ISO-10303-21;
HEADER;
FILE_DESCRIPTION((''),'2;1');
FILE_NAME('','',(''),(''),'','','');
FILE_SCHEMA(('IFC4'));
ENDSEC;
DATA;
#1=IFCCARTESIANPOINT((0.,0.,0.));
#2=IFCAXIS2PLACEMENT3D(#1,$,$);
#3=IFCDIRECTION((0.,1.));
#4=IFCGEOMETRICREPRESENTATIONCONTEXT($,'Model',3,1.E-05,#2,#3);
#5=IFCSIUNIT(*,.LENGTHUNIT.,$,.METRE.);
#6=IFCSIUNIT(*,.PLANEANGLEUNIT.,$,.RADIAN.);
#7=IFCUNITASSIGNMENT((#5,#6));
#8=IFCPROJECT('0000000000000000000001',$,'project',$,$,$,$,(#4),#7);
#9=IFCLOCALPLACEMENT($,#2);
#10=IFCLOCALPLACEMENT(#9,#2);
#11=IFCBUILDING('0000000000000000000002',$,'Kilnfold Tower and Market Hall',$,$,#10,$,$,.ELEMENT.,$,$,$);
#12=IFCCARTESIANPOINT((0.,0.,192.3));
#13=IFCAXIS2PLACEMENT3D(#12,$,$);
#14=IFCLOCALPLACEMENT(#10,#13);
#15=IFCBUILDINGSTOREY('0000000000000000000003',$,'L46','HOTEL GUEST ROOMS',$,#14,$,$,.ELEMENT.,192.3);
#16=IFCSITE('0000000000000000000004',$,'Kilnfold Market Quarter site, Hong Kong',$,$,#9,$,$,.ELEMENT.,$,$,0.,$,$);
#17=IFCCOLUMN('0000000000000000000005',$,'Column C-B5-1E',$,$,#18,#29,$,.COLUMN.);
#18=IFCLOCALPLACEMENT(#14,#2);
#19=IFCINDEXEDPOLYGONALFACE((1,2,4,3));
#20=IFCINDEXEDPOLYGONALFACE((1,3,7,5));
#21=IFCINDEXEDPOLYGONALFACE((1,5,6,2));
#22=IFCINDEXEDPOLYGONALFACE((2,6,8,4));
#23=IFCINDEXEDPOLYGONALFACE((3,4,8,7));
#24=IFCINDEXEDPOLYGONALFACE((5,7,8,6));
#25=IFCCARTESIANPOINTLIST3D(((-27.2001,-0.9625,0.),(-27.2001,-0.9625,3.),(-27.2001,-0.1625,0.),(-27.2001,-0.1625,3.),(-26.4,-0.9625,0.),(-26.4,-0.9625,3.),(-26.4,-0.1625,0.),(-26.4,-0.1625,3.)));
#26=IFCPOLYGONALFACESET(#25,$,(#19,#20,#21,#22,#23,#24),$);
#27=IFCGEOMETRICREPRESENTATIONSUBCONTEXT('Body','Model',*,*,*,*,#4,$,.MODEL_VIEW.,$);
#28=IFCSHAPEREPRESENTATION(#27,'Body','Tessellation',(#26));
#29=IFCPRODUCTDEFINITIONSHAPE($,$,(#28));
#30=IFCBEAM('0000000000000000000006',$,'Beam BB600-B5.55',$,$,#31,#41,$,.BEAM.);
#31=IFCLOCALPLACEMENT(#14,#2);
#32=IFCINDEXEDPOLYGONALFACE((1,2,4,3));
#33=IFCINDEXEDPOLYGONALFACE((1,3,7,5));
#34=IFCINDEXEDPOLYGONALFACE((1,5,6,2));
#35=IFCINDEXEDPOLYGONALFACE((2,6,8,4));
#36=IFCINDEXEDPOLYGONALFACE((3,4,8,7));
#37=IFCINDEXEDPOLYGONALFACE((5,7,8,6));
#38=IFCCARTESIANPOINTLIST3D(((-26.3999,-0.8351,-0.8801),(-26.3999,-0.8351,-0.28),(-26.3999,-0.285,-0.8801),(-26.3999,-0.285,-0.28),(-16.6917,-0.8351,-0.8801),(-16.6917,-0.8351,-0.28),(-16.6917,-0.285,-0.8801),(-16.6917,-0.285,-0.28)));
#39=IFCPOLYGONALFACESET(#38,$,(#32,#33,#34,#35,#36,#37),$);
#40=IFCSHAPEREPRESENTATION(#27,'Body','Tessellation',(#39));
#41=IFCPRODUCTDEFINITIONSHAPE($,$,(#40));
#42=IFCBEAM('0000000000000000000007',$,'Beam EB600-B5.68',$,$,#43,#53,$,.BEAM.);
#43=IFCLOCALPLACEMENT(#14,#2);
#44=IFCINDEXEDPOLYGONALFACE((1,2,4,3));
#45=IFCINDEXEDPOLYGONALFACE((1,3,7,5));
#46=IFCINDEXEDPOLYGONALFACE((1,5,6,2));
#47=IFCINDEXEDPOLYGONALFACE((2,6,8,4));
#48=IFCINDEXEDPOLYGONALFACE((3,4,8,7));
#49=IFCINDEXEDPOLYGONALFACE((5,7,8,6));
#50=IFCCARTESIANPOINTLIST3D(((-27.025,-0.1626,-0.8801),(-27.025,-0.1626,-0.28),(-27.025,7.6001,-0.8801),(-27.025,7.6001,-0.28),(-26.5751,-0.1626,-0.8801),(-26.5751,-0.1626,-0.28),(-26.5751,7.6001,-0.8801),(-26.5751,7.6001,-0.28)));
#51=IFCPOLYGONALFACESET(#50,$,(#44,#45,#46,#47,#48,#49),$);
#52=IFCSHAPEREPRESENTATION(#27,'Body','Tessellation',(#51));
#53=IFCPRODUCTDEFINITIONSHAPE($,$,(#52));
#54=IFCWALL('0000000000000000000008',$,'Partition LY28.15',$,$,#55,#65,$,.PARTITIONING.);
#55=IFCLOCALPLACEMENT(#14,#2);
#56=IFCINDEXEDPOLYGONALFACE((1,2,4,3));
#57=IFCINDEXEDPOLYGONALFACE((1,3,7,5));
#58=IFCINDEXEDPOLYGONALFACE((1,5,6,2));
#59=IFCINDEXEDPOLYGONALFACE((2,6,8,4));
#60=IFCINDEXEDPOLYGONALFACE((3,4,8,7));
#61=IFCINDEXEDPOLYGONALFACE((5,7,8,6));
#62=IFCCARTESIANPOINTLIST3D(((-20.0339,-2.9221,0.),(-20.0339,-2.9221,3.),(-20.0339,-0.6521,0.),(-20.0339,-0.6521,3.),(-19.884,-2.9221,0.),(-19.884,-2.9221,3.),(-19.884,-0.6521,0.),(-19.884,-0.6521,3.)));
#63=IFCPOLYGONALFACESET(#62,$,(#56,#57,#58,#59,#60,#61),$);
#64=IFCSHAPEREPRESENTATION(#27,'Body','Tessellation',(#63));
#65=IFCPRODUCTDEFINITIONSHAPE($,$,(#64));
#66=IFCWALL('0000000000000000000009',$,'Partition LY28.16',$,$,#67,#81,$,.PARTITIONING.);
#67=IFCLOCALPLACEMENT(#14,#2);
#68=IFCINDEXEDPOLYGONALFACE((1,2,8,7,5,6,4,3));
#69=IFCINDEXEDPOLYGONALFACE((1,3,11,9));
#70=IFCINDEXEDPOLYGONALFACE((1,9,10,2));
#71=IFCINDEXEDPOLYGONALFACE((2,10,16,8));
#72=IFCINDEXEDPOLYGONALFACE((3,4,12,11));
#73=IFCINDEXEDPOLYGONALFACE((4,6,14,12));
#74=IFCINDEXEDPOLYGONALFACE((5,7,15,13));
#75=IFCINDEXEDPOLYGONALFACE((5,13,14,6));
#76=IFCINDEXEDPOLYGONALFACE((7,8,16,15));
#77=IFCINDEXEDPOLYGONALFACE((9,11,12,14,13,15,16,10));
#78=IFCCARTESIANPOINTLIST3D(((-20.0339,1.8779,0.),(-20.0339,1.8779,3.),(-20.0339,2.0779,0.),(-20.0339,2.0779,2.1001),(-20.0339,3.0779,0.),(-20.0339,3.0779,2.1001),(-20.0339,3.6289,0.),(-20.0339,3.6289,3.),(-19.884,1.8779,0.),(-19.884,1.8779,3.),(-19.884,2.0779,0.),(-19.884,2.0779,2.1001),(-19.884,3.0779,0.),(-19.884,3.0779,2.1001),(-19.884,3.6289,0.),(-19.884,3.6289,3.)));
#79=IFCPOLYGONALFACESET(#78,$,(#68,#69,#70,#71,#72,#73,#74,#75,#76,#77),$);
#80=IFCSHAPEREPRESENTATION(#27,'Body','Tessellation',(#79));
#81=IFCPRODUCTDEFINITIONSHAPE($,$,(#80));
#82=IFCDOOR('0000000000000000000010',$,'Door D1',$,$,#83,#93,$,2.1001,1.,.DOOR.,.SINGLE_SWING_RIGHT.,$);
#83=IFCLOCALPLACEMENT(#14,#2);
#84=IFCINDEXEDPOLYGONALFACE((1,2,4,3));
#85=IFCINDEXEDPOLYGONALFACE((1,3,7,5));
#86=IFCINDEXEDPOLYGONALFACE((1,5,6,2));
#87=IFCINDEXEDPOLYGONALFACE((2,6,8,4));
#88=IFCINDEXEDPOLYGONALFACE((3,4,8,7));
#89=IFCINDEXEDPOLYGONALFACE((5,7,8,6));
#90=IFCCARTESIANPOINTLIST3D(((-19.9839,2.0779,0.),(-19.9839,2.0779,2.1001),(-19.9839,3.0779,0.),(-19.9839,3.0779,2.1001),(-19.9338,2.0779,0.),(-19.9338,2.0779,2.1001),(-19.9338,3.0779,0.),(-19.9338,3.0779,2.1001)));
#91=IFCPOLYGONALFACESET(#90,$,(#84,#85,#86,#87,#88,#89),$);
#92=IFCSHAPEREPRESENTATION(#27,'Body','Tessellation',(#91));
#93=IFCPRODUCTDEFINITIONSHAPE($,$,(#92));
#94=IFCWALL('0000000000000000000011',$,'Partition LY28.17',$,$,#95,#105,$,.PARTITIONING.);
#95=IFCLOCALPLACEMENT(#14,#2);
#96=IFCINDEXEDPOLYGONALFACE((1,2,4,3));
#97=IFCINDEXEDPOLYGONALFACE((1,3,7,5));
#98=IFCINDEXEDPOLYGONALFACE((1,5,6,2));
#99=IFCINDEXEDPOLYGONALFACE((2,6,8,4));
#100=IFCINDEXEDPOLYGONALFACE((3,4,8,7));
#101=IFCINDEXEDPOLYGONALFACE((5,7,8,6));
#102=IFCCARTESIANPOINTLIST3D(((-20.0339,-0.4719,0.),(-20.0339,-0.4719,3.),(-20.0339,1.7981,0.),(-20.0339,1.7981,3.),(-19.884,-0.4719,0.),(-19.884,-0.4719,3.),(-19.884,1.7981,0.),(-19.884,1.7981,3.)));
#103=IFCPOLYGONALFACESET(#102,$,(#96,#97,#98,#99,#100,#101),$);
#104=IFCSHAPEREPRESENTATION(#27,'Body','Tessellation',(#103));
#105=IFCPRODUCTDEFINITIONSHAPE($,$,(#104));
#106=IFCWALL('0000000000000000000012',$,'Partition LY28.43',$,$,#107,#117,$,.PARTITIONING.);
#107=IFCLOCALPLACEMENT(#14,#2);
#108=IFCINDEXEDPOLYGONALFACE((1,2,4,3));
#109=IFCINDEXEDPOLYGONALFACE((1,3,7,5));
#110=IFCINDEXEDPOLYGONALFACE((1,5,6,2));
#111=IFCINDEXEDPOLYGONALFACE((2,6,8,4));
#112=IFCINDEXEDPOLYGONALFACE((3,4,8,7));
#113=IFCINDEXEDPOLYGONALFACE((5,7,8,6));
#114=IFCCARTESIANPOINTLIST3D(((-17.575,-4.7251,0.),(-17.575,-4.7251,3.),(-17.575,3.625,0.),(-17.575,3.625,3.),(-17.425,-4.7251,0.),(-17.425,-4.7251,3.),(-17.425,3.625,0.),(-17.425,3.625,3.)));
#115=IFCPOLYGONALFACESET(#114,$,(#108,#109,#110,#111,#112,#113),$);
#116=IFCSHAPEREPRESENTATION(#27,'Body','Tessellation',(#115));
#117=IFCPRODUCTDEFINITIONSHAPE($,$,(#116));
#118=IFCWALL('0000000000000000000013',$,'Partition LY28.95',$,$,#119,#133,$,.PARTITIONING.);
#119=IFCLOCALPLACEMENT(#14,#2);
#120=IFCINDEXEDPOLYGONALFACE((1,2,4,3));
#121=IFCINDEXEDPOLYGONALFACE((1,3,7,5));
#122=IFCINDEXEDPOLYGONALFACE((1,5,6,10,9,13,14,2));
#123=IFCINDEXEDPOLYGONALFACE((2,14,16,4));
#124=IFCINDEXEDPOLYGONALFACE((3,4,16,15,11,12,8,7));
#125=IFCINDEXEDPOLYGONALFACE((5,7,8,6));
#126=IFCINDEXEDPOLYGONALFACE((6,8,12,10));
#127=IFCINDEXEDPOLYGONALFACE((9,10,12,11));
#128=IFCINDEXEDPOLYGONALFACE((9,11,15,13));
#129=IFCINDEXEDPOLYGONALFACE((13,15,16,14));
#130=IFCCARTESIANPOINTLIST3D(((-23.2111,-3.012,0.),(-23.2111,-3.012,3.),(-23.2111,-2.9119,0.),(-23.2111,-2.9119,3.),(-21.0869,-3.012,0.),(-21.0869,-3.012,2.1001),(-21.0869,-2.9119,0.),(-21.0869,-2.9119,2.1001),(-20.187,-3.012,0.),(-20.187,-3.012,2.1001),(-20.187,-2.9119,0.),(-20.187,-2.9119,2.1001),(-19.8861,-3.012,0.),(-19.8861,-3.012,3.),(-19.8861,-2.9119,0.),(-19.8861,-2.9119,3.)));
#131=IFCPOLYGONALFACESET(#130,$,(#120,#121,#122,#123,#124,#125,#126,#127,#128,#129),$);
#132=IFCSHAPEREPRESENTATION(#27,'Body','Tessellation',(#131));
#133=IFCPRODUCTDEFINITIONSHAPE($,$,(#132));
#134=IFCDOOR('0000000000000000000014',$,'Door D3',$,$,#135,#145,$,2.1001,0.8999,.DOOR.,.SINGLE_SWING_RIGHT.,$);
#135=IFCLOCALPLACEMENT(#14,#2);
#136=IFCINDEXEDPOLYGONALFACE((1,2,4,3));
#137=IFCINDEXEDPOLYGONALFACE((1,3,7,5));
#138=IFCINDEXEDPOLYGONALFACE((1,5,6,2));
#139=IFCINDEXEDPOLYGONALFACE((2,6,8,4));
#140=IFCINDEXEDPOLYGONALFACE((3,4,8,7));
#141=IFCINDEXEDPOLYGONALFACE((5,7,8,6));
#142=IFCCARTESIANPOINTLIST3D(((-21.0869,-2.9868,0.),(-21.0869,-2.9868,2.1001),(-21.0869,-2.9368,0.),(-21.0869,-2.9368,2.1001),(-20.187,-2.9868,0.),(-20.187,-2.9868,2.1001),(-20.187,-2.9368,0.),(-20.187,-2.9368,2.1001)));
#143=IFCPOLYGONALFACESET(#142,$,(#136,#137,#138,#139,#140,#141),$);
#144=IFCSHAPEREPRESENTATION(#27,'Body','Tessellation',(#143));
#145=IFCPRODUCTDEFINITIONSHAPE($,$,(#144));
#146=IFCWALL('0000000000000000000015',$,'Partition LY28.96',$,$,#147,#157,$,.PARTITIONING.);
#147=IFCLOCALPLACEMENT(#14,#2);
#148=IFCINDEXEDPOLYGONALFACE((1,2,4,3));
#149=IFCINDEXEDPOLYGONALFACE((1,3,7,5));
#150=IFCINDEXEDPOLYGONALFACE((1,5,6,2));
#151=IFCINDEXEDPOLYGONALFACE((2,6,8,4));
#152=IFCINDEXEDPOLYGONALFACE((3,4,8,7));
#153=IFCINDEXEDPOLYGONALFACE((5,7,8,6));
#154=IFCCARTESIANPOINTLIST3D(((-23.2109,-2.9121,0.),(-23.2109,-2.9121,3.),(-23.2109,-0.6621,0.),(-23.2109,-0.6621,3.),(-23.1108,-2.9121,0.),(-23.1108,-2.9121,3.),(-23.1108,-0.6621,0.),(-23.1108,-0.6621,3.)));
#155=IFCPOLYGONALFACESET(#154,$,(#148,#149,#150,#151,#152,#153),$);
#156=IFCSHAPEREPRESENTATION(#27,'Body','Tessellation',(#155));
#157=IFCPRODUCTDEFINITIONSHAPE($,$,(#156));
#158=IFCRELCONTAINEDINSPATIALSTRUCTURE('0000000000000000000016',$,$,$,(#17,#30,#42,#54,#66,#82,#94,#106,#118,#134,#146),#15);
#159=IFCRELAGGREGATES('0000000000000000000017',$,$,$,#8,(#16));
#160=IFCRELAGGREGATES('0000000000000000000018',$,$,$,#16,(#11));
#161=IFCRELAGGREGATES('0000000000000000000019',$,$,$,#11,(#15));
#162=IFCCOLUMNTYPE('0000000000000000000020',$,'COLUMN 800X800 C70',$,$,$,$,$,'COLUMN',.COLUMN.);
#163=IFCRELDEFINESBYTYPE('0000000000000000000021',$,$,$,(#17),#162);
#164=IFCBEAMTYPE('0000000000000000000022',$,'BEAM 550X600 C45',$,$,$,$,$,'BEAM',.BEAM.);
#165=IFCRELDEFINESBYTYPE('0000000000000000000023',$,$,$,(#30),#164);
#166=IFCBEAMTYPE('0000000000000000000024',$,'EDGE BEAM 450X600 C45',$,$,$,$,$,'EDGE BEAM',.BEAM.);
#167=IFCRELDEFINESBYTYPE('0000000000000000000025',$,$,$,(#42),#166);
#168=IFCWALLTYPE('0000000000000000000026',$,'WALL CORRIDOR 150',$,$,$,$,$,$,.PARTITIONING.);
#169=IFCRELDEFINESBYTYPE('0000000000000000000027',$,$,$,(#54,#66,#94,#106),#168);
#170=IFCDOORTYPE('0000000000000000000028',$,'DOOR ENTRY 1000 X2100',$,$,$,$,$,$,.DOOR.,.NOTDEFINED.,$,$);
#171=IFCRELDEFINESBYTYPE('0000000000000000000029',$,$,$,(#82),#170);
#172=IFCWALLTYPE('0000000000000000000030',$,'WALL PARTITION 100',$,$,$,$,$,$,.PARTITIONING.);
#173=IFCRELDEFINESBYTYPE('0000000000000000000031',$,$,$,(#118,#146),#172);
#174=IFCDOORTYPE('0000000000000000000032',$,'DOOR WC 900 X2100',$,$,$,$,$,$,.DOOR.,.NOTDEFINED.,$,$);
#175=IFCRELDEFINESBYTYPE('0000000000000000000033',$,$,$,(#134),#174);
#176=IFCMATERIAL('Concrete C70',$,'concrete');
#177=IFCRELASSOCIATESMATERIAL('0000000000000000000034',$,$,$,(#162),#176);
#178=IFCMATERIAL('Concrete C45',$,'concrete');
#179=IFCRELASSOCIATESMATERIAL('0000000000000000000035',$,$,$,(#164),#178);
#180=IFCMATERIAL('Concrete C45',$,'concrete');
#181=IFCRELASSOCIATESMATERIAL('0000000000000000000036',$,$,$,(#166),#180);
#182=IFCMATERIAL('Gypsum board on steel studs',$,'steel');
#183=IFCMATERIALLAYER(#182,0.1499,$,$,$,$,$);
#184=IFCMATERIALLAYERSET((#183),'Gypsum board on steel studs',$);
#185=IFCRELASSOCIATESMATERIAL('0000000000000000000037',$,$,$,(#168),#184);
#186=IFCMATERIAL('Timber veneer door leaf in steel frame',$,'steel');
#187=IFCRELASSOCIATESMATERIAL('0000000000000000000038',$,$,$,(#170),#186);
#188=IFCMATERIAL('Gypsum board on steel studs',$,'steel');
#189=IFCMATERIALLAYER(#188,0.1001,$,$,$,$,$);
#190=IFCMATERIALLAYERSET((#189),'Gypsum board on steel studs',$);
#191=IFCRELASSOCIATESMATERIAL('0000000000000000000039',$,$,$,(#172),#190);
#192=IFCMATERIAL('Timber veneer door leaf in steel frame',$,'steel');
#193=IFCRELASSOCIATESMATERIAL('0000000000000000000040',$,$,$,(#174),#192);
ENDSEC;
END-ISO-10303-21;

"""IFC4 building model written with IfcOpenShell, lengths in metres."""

from ifc_helpers import new_model, si_unit, direction, frame, frame_2d, origin, origin_2d, place, context, subcontext, project, spatial, rectangle, extrude, source, transform, mapped, material, layer, layer_set, material_profile, profile_set, type_object, element, fill, save


model = new_model("IFC4")

# Units and contexts
model_context = context("Model", 3, precision=1e-05, world=origin(), true_north=direction((0.0, 1.0)))
body_context = subcontext(model_context, "Body", "Model", "MODEL_VIEW")
ifc_project = project(units=[si_unit("LENGTHUNIT", "METRE"), si_unit("PLANEANGLEUNIT", "RADIAN")], contexts=[model_context])

# Site, building, storey
site_placement = place(None, origin())
site = spatial("IfcSite", under=ifc_project, at=site_placement, Name="Kilnfold Market Quarter site, Hong Kong", CompositionType="ELEMENT", RefElevation=0.0)
building_placement = place(site_placement, origin())
building = spatial("IfcBuilding", under=site, at=building_placement, Name="Kilnfold Tower and Market Hall", CompositionType="ELEMENT")
storey_placement = place(building_placement, frame((0.0, 0.0, 192.3)))
storey = spatial("IfcBuildingStorey", under=building, at=storey_placement, Name="L46", Description="HOTEL GUEST ROOMS", CompositionType="ELEMENT", Elevation=192.3)

# Column
ifc_material_1 = material(Name="Concrete C70", Category="concrete")
ifc_material_profile_1 = material_profile(ifc_material_1, rectangle(XDim=0.8, YDim=0.8, at=origin_2d()), Name="RC 800x800")
ifc_profile_set_1 = profile_set([ifc_material_profile_1], Name="Concrete C70")
column_type = type_object("IfcColumnType", Name="COLUMN 800X800 C70", ElementType="COLUMN", PredefinedType="COLUMN", material=ifc_profile_set_1)
shared_shape_1 = source(origin(), body_context, "Body", "SweptSolid", [
    extrude(rectangle(XDim=0.8, YDim=0.8, at=origin_2d()), origin(), (0.0, 0.0, 1.0), 3.0),
])
column_placement = place(storey_placement, frame((-26.8, -0.5625, 0.0), z_axis=(0.0, 0.0, 1.0), x_axis=(1.0, 0.0, 0.0)))
element("IfcColumn", 1, at=column_placement, inside=storey, type_object=column_type, Name="Column C-B5-1E", PredefinedType="COLUMN", context=body_context, shape_type="MappedRepresentation", body=[
    mapped(shared_shape_1, transform((0.0, 0.0, 0.0))),
])

# Beams
ifc_material_2 = material(Name="Concrete C45", Category="concrete")
ifc_material_profile_2 = material_profile(ifc_material_2, rectangle(XDim=0.55, YDim=0.6001, at=origin_2d()), Name="RC 550x600")
ifc_profile_set_2 = profile_set([ifc_material_profile_2], Name="Concrete C45")
beam_type_1 = type_object("IfcBeamType", Name="BEAM 550X600 C45", ElementType="BEAM", PredefinedType="BEAM", material=ifc_profile_set_2)
shared_shape_2 = source(origin(), body_context, "Body", "SweptSolid", [
    extrude(rectangle(XDim=0.55, YDim=0.6001, at=origin_2d()), origin(), (0.0, 0.0, 1.0), 9.7083),
])
beam_1_placement = place(storey_placement, frame((-26.3999, -0.5601, -0.5801), z_axis=(1.0, 0.0, 0.0), x_axis=(0.0, 1.0, 0.0)))
element("IfcBeam", 2, at=beam_1_placement, inside=storey, type_object=beam_type_1, Name="Beam BB600-B5.55", PredefinedType="BEAM", context=body_context, shape_type="MappedRepresentation", body=[
    mapped(shared_shape_2, transform((0.0, 0.0, 0.0))),
])
ifc_material_3 = material(Name="Concrete C45", Category="concrete")
ifc_material_profile_3 = material_profile(ifc_material_3, rectangle(XDim=0.45, YDim=0.6001, at=origin_2d()), Name="RC 450x600")
ifc_profile_set_3 = profile_set([ifc_material_profile_3], Name="Concrete C45")
beam_type_2 = type_object("IfcBeamType", Name="EDGE BEAM 450X600 C45", ElementType="EDGE BEAM", PredefinedType="BEAM", material=ifc_profile_set_3)
shared_shape_3 = source(origin(), body_context, "Body", "SweptSolid", [
    extrude(rectangle(XDim=0.45, YDim=0.6001, at=origin_2d()), origin(), (0.0, 0.0, 1.0), 7.7627),
])
beam_2_placement = place(storey_placement, frame((-26.8, -0.1626, -0.5801), z_axis=(0.0, 1.0, 0.0), x_axis=(-1.0, 0.0, 0.0)))
element("IfcBeam", 3, at=beam_2_placement, inside=storey, type_object=beam_type_2, Name="Beam EB600-B5.68", PredefinedType="BEAM", context=body_context, shape_type="MappedRepresentation", body=[
    mapped(shared_shape_3, transform((0.0, 0.0, 0.0))),
])

# Wall
ifc_material_4 = material(Name="Gypsum board on steel studs", Category="steel")
ifc_layer_1 = layer(ifc_material_4, 0.1499)
ifc_layer_set_1 = layer_set([ifc_layer_1], Name="Gypsum board on steel studs")
wall_type_1 = type_object("IfcWallType", Name="WALL CORRIDOR 150", PredefinedType="PARTITIONING", material=ifc_layer_set_1)
wall_1_placement = place(storey_placement, frame((-19.959, -2.9221, 0.0), z_axis=(0.0, 0.0, 1.0), x_axis=(0.0, 1.0, 0.0)))
element("IfcWall", 4, at=wall_1_placement, inside=storey, type_object=wall_type_1, Name="Partition LY28.15", PredefinedType="PARTITIONING", context=body_context, shape_type="SweptSolid", body=[
    extrude(rectangle(XDim=2.27, YDim=0.1499, at=frame_2d((1.135, 0.0))), origin(), (0.0, 0.0, 1.0), 3.0),
])

# Wall, opening, door
wall_2_placement = place(storey_placement, frame((-19.959, 1.8779, 0.0), z_axis=(0.0, 0.0, 1.0), x_axis=(0.0, 1.0, 0.0)))
wall_2 = element("IfcWall", 5, at=wall_2_placement, inside=storey, type_object=wall_type_1, Name="Partition LY28.16", PredefinedType="PARTITIONING", context=body_context, shape_type="SweptSolid", body=[
    extrude(rectangle(XDim=1.751, YDim=0.1499, at=frame_2d((0.8755, 0.0))), origin(), (0.0, 0.0, 1.0), 3.0),
])
opening_1_placement = place(wall_2_placement, frame((0.2, 0.0, 0.0)))
opening_1 = element("IfcOpeningElement", 6, at=opening_1_placement, cuts=wall_2, PredefinedType="OPENING", context=body_context, shape_type="SweptSolid", body=[
    extrude(rectangle(XDim=1.0, YDim=2.1001, at=frame_2d((0.5, 1.05))), frame((0.0, 0.085, 0.0), z_axis=(0.0, -1.0, 0.0), x_axis=(1.0, 0.0, 0.0)), (0.0, 0.0, 1.0), 0.1699),
])
ifc_material_5 = material(Name="Timber veneer door leaf in steel frame", Category="steel")
door_type_1 = type_object("IfcDoorType", Name="DOOR ENTRY 1000 X2100", OperationType="NOTDEFINED", PredefinedType="DOOR", material=ifc_material_5)
door_1_placement = place(opening_1_placement, origin())
door_1 = element("IfcDoor", 7, at=door_1_placement, inside=storey, type_object=door_type_1, Name="Door D1", OperationType="SINGLE_SWING_RIGHT", OverallHeight=2.1001, OverallWidth=1.0, PredefinedType="DOOR", context=body_context, shape_type="SweptSolid", body=[
    extrude(rectangle(XDim=1.0, YDim=2.1001, at=frame_2d((0.5, 1.05))), frame((0.0, 0.0249, 0.0), z_axis=(0.0, -1.0, 0.0), x_axis=(1.0, 0.0, 0.0)), (0.0, 0.0, 1.0), 0.05),
])
fill(opening_1, door_1)

# Walls
wall_3_placement = place(storey_placement, frame((-19.959, -0.4719, 0.0), z_axis=(0.0, 0.0, 1.0), x_axis=(0.0, 1.0, 0.0)))
element("IfcWall", 8, at=wall_3_placement, inside=storey, type_object=wall_type_1, Name="Partition LY28.17", PredefinedType="PARTITIONING", context=body_context, shape_type="SweptSolid", body=[
    extrude(rectangle(XDim=2.27, YDim=0.1499, at=frame_2d((1.135, 0.0))), origin(), (0.0, 0.0, 1.0), 3.0),
])
wall_4_placement = place(storey_placement, frame((-17.5, -4.7251, 0.0), z_axis=(0.0, 0.0, 1.0), x_axis=(0.0, 1.0, 0.0)))
element("IfcWall", 9, at=wall_4_placement, inside=storey, type_object=wall_type_1, Name="Partition LY28.43", PredefinedType="PARTITIONING", context=body_context, shape_type="SweptSolid", body=[
    extrude(rectangle(XDim=8.3501, YDim=0.1499, at=frame_2d((4.175, 0.0))), origin(), (0.0, 0.0, 1.0), 3.0),
])

# Wall, opening, door
ifc_material_6 = material(Name="Gypsum board on steel studs", Category="steel")
ifc_layer_2 = layer(ifc_material_6, 0.1001)
ifc_layer_set_2 = layer_set([ifc_layer_2], Name="Gypsum board on steel studs")
wall_type_2 = type_object("IfcWallType", Name="WALL PARTITION 100", PredefinedType="PARTITIONING", material=ifc_layer_set_2)
wall_5_placement = place(storey_placement, frame((-19.886, -2.9619, 0.0), z_axis=(0.0, 0.0, 1.0), x_axis=(-1.0, 0.0, 0.0)))
wall_5 = element("IfcWall", 10, at=wall_5_placement, inside=storey, type_object=wall_type_2, Name="Partition LY28.95", PredefinedType="PARTITIONING", context=body_context, shape_type="SweptSolid", body=[
    extrude(rectangle(XDim=3.325, YDim=0.1001, at=frame_2d((1.6626, 0.0))), origin(), (0.0, 0.0, 1.0), 3.0),
])
opening_2_placement = place(wall_5_placement, frame((0.301, 0.0, 0.0)))
opening_2 = element("IfcOpeningElement", 11, at=opening_2_placement, cuts=wall_5, PredefinedType="OPENING", context=body_context, shape_type="SweptSolid", body=[
    extrude(rectangle(XDim=0.8999, YDim=2.1001, at=frame_2d((0.45, 1.05))), frame((0.0, 0.0601, 0.0), z_axis=(0.0, -1.0, 0.0), x_axis=(1.0, 0.0, 0.0)), (0.0, 0.0, 1.0), 0.1201),
])
ifc_material_7 = material(Name="Timber veneer door leaf in steel frame", Category="steel")
door_type_2 = type_object("IfcDoorType", Name="DOOR WC 900 X2100", OperationType="NOTDEFINED", PredefinedType="DOOR", material=ifc_material_7)
door_2_placement = place(opening_2_placement, origin())
door_2 = element("IfcDoor", 12, at=door_2_placement, inside=storey, type_object=door_type_2, Name="Door D3", OperationType="SINGLE_SWING_RIGHT", OverallHeight=2.1001, OverallWidth=0.8999, PredefinedType="DOOR", context=body_context, shape_type="SweptSolid", body=[
    extrude(rectangle(XDim=0.8999, YDim=2.1001, at=frame_2d((0.45, 1.05))), frame((0.0, 0.0249, 0.0), z_axis=(0.0, -1.0, 0.0), x_axis=(1.0, 0.0, 0.0)), (0.0, 0.0, 1.0), 0.05),
])
fill(opening_2, door_2)

# Wall
wall_6_placement = place(storey_placement, frame((-23.1609, -2.9121, 0.0), z_axis=(0.0, 0.0, 1.0), x_axis=(0.0, 1.0, 0.0)))
element("IfcWall", 13, at=wall_6_placement, inside=storey, type_object=wall_type_2, Name="Partition LY28.96", PredefinedType="PARTITIONING", context=body_context, shape_type="SweptSolid", body=[
    extrude(rectangle(XDim=2.25, YDim=0.1001, at=frame_2d((1.125, 0.0))), origin(), (0.0, 0.0, 1.0), 3.0),
])

save(model, "model.ifc")
